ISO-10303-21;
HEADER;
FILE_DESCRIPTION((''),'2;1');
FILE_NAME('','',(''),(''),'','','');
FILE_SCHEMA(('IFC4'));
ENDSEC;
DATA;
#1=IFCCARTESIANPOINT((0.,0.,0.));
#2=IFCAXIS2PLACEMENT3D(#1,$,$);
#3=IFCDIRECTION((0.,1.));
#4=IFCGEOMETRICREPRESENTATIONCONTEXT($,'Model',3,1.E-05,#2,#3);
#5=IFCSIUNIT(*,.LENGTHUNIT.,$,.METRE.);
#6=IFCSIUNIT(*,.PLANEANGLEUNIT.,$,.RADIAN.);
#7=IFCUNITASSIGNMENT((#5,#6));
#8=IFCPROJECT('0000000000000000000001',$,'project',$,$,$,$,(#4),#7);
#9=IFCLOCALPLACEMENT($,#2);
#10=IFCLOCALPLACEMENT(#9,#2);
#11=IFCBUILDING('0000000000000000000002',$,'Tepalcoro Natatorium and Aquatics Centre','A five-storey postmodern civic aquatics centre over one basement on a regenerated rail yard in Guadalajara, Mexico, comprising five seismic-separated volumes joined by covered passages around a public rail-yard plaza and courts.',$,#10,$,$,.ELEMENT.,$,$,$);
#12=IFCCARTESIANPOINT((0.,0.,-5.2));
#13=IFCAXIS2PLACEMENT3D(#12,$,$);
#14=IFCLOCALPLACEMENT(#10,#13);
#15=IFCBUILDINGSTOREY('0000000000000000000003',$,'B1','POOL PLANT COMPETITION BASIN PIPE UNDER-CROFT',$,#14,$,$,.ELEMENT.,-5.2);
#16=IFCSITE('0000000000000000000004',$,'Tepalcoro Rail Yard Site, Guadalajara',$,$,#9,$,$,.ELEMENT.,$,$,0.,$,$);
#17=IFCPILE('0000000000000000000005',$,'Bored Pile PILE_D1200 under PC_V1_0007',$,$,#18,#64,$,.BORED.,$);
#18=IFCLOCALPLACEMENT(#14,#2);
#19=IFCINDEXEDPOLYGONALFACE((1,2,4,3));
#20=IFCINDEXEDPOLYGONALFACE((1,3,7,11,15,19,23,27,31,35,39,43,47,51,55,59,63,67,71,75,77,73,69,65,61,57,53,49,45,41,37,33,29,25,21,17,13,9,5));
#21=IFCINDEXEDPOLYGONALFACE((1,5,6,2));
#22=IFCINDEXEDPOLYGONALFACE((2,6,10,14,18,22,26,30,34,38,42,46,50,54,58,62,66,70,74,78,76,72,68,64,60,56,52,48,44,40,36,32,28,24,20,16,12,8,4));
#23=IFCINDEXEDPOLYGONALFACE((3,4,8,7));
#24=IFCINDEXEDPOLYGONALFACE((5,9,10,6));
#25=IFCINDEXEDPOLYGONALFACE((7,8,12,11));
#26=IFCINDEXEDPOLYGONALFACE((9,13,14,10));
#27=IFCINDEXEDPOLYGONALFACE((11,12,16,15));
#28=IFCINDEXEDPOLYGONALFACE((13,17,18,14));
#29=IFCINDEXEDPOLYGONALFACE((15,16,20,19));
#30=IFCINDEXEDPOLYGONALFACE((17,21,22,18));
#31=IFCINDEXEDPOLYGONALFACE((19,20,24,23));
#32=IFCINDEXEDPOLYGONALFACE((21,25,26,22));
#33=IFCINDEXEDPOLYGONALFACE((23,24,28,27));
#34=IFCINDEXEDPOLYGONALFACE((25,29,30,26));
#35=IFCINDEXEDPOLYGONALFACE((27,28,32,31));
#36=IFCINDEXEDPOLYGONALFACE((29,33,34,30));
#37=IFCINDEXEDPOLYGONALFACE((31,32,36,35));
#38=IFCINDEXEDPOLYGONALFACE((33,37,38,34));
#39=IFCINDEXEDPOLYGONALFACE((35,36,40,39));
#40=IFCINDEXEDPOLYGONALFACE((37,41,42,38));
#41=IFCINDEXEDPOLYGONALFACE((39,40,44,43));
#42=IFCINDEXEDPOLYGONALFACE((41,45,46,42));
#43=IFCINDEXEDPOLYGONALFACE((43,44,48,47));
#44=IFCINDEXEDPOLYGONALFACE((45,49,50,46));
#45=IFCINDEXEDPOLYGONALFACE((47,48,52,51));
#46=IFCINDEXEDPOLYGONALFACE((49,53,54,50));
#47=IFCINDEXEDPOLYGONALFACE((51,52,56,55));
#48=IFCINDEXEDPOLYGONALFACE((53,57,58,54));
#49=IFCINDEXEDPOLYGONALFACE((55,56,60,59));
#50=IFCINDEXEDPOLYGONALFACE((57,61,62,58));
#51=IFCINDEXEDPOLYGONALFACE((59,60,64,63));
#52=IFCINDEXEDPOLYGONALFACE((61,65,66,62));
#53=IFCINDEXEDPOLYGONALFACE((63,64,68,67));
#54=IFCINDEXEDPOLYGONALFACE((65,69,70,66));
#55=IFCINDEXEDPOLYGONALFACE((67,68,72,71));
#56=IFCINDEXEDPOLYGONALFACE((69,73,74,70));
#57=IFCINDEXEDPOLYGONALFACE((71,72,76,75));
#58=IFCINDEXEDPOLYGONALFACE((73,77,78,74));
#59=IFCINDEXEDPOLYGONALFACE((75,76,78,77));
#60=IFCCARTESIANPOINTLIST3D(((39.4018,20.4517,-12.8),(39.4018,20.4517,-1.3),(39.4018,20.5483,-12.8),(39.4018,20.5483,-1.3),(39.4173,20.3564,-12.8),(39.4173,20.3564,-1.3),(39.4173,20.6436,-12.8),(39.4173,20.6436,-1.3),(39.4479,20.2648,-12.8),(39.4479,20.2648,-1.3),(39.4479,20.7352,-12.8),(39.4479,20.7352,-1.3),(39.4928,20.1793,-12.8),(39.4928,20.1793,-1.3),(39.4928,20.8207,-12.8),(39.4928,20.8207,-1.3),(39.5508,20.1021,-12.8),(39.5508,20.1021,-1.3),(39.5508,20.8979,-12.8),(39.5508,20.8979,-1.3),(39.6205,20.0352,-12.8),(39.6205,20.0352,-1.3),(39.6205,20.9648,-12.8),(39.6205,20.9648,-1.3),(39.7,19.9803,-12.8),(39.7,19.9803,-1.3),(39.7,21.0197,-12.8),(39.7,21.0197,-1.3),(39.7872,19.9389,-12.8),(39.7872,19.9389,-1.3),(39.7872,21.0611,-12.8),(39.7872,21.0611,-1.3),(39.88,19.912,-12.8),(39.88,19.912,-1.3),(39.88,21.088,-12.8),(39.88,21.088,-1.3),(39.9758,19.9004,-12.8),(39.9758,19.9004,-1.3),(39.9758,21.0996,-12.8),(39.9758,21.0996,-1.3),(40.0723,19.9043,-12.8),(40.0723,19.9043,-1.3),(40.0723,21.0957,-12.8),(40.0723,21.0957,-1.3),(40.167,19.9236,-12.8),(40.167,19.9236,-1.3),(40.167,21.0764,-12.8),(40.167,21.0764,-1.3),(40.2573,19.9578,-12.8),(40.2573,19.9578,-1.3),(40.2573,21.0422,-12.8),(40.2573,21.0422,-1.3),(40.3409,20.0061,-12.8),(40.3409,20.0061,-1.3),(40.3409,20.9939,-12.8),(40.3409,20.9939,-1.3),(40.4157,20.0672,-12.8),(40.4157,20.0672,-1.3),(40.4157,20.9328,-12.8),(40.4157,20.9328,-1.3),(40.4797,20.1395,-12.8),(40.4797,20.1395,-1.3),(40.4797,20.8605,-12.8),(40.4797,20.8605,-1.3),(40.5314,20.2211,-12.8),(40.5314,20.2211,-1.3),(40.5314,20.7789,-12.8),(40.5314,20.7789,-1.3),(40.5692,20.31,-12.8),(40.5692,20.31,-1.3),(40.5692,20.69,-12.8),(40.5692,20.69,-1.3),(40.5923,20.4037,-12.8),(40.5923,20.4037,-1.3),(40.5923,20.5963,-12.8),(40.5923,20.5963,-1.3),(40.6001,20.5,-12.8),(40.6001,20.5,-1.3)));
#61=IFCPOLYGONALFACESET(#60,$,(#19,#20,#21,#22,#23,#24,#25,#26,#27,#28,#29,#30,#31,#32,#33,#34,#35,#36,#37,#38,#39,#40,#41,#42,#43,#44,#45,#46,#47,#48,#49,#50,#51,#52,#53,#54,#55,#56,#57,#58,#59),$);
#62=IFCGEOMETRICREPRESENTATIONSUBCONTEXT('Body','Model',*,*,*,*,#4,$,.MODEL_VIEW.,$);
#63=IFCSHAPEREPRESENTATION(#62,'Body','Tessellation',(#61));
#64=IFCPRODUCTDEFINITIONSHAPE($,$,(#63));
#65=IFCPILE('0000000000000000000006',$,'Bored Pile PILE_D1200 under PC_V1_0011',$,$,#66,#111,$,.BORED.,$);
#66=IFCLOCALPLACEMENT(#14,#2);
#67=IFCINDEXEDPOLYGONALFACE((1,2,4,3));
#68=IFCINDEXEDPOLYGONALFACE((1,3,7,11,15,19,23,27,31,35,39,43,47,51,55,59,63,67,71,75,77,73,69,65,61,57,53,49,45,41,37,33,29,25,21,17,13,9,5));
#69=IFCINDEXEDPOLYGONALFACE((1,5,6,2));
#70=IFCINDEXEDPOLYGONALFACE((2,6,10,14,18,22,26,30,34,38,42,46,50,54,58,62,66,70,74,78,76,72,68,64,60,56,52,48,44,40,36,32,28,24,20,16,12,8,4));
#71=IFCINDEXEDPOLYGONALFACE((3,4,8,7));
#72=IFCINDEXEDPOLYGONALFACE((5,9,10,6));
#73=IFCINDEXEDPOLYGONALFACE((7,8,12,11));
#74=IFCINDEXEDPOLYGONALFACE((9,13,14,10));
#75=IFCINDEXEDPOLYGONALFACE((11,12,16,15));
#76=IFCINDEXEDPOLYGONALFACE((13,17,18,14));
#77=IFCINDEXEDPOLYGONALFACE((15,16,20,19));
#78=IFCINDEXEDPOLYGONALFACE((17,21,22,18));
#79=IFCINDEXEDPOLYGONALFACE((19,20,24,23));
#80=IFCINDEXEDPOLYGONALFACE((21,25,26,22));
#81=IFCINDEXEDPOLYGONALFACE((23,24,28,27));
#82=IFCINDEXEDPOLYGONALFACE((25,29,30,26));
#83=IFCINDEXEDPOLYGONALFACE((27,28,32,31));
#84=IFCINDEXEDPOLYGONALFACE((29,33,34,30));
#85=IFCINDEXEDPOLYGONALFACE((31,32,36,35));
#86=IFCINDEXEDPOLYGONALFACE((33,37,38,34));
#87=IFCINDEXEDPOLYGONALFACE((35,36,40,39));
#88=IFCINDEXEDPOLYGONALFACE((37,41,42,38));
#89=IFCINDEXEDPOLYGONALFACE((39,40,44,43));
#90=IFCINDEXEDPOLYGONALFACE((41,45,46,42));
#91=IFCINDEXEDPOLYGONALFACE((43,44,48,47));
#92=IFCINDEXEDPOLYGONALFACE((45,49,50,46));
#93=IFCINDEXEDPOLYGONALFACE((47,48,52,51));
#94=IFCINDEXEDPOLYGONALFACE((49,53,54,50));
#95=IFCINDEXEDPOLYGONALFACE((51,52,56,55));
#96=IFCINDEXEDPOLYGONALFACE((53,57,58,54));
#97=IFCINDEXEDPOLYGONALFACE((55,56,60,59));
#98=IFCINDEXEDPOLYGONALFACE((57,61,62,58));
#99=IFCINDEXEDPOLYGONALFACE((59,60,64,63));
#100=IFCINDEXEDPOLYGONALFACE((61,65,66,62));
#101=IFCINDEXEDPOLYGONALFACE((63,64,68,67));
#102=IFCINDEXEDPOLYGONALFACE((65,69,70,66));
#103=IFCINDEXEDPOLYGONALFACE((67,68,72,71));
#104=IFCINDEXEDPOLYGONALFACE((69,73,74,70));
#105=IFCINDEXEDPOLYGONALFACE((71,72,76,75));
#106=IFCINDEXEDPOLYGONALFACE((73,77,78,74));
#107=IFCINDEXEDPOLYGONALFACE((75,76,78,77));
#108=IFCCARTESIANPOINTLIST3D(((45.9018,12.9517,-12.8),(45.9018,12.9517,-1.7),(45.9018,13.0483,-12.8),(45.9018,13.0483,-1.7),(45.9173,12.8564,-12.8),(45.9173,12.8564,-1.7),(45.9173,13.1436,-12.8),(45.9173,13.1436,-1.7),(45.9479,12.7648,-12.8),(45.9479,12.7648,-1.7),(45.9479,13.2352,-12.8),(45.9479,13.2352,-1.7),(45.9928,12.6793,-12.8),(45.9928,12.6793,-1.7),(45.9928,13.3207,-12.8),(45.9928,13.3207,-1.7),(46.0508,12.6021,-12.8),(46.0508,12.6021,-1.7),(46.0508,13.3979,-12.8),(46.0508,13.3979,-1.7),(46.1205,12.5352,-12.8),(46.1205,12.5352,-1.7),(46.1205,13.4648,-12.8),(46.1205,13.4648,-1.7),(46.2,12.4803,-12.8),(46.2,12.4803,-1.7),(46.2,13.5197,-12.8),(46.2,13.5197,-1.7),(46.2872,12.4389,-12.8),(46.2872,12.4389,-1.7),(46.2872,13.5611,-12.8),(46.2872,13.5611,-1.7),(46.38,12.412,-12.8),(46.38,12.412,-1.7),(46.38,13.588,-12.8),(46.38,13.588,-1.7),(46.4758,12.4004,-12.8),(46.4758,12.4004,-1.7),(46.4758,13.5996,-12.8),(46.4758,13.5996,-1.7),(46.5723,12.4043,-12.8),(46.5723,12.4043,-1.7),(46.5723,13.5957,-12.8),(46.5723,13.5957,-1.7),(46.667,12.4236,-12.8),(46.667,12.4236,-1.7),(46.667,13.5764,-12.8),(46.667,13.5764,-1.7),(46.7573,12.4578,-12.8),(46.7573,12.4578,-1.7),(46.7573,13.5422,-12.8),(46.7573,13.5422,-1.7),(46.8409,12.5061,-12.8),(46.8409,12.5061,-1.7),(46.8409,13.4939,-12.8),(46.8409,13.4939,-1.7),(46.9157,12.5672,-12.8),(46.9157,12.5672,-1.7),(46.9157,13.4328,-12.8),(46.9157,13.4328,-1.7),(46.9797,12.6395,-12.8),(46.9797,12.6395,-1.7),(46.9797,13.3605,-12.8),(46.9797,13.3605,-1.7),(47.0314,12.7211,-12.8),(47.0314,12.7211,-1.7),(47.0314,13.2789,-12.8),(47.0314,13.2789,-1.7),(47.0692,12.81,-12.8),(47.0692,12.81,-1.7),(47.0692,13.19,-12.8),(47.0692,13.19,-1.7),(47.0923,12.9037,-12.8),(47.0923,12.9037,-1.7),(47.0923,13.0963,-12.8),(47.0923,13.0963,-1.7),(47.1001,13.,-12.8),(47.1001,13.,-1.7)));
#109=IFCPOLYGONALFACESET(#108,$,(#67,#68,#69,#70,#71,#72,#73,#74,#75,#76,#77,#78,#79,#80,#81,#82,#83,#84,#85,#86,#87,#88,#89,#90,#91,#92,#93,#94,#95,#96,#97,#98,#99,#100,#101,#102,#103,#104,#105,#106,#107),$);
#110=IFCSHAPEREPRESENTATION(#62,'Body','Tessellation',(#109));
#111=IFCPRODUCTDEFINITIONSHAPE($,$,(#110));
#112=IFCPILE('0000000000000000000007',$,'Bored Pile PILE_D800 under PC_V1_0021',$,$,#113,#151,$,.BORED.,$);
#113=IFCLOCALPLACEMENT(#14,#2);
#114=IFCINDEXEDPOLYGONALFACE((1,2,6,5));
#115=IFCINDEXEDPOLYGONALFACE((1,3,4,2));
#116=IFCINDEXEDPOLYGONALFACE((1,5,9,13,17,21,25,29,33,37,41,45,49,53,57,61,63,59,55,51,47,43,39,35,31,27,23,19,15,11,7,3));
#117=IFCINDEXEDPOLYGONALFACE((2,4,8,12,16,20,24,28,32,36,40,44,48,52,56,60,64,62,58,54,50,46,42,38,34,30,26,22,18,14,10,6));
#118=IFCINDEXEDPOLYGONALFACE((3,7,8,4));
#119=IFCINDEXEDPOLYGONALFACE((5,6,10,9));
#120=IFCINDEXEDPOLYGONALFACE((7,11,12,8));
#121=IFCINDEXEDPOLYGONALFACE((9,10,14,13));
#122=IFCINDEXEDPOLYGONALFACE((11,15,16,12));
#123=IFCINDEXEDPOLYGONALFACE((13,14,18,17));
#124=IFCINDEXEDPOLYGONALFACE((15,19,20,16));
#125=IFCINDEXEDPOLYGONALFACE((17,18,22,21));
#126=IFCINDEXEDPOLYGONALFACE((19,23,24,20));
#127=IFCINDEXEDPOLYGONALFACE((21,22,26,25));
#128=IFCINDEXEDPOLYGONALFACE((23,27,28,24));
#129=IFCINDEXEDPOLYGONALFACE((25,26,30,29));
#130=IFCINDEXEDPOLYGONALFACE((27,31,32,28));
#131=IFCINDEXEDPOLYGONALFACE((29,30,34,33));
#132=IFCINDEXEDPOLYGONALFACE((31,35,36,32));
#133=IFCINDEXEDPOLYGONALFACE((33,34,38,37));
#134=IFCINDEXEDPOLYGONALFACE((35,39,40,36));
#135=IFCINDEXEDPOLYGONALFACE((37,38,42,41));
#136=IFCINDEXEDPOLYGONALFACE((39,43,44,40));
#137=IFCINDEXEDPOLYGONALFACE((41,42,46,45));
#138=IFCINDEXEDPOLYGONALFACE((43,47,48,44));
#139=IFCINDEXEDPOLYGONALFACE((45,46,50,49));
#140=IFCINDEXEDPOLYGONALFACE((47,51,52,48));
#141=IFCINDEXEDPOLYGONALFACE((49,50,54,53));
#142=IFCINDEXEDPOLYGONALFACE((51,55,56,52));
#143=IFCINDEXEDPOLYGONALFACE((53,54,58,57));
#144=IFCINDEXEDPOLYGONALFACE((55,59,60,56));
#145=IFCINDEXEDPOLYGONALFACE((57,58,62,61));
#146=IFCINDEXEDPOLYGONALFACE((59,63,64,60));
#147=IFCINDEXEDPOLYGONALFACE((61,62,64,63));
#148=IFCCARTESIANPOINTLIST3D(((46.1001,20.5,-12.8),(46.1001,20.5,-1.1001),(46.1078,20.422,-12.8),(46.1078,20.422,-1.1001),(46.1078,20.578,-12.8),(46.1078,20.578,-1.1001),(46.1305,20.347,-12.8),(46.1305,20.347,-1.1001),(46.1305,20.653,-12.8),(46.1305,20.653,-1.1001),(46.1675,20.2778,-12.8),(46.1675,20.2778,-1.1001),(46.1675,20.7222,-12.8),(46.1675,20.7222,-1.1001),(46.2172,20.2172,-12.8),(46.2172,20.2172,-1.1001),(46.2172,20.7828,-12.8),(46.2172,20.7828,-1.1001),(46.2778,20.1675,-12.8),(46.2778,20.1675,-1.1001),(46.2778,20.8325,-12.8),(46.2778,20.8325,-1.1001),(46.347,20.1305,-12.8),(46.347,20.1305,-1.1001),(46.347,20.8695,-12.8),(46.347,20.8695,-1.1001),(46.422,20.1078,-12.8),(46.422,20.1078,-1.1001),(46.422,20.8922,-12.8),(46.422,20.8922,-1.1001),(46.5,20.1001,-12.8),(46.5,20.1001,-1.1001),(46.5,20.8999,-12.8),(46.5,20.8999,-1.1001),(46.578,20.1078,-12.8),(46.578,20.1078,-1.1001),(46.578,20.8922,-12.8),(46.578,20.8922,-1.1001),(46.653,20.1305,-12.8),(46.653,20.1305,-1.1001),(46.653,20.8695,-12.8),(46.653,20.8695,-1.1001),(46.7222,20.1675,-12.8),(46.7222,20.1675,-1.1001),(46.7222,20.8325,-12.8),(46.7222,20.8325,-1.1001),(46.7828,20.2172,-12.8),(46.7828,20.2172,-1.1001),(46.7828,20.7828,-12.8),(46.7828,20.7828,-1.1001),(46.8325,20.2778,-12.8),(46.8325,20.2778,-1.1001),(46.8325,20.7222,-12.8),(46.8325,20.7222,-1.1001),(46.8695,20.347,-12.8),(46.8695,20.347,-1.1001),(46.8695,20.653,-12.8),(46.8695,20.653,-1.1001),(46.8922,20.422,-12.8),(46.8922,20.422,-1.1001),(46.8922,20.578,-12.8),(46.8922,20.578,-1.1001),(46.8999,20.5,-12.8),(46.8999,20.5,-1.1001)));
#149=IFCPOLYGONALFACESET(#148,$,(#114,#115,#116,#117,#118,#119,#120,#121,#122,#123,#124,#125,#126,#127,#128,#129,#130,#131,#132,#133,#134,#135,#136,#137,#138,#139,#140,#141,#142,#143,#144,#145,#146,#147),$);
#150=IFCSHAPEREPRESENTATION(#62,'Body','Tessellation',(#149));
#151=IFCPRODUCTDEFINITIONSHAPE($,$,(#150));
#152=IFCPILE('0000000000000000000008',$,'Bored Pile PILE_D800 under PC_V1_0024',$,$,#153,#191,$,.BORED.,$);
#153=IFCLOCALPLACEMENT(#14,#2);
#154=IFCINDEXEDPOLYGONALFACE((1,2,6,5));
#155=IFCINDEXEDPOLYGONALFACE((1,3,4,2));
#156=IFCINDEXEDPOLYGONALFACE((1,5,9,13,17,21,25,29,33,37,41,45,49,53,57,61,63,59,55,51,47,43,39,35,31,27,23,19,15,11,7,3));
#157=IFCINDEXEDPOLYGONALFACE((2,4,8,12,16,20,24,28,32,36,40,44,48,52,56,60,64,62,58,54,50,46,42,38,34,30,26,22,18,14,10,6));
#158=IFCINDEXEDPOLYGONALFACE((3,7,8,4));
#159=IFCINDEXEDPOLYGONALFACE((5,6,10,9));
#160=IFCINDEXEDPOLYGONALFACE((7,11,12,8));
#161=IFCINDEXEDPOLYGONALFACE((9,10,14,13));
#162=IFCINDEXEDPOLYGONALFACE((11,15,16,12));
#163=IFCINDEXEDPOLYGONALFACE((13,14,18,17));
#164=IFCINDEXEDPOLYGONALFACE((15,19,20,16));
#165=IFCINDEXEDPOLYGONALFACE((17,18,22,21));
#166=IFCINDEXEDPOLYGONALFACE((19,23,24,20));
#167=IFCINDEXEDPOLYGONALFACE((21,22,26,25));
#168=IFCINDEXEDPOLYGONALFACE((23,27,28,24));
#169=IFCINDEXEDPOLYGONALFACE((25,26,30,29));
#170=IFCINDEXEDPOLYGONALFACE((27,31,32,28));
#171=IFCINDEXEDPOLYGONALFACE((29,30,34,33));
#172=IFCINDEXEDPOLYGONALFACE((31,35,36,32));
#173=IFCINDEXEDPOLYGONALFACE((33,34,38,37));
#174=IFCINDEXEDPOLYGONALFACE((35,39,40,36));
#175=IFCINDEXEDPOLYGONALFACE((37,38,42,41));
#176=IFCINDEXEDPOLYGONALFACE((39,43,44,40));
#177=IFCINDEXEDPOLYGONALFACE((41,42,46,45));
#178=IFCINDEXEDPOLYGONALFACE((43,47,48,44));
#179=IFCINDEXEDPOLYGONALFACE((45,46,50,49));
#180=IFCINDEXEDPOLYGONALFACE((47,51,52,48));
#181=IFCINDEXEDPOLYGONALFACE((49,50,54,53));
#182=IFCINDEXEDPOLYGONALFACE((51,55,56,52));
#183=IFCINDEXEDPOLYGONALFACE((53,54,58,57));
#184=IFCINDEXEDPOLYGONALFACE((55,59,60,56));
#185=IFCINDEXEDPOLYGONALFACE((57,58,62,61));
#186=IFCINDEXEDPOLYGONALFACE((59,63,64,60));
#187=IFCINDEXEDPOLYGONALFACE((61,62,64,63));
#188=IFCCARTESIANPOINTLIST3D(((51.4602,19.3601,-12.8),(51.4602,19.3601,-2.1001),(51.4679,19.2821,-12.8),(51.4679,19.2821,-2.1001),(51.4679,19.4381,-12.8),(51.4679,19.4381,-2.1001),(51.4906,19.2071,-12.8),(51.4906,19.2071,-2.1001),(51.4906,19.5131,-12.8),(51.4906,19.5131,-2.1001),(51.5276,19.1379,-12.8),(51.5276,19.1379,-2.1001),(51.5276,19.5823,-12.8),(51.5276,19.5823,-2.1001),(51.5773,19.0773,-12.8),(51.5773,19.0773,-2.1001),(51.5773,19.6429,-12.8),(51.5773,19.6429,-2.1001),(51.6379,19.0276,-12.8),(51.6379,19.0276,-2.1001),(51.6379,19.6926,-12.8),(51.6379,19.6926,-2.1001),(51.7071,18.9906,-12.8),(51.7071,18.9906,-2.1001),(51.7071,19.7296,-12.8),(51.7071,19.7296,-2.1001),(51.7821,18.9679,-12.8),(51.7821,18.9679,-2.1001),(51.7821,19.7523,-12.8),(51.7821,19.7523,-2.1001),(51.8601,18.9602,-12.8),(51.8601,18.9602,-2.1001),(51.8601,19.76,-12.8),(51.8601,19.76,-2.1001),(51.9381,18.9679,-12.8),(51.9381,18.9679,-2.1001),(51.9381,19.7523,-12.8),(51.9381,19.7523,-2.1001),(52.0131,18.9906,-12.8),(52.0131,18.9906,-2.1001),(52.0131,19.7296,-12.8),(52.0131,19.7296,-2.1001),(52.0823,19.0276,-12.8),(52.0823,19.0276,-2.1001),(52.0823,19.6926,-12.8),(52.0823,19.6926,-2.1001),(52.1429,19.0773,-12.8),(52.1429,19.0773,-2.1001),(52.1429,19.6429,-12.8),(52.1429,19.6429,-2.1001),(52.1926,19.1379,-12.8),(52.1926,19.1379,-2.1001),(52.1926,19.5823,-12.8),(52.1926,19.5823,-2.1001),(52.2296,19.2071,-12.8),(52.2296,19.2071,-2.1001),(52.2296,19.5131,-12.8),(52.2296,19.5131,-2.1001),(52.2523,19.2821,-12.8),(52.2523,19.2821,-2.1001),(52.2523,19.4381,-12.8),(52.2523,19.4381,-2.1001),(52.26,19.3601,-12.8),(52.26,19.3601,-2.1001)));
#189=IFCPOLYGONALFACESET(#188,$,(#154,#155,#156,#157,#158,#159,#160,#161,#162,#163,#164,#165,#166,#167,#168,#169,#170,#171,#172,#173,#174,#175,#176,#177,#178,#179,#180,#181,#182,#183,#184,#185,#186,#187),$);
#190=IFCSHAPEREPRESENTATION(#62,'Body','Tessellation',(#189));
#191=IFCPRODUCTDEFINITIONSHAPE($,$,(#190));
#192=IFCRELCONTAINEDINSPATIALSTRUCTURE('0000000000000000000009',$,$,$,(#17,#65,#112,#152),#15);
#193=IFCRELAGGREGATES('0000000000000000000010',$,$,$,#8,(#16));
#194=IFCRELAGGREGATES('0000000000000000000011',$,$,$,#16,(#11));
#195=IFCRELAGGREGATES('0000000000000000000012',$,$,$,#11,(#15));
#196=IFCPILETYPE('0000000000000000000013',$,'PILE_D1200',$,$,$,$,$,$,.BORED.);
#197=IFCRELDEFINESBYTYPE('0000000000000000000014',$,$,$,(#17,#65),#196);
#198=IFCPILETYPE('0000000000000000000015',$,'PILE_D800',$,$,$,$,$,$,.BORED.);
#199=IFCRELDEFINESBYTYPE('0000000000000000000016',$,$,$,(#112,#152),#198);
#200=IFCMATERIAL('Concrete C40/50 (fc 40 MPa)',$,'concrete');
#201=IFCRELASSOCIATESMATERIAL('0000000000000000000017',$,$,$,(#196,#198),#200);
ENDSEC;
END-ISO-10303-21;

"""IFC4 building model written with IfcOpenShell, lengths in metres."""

from ifc_helpers import new_model, si_unit, direction, frame, origin, origin_2d, place, context, subcontext, project, spatial, circle, extrude, material, material_profile, profile_set, type_object, element, save


model = new_model("IFC4")

# Units and contexts
model_context = context("Model", 3, precision=1e-05, world=origin(), true_north=direction((0.0, 1.0)))
body_context = subcontext(model_context, "Body", "Model", "MODEL_VIEW")
ifc_project = project(units=[si_unit("LENGTHUNIT", "METRE"), si_unit("PLANEANGLEUNIT", "RADIAN")], contexts=[model_context])

# Site, building, storey
site_placement = place(None, origin())
site = spatial("IfcSite", under=ifc_project, at=site_placement, Name="Tepalcoro Rail Yard Site, Guadalajara", CompositionType="ELEMENT", RefElevation=0.0)
building_placement = place(site_placement, origin())
building = spatial("IfcBuilding", under=site, at=building_placement, Name="Tepalcoro Natatorium and Aquatics Centre", Description="A five-storey postmodern civic aquatics centre over one basement on a regenerated rail yard in Guadalajara, Mexico, comprising five seismic-separated volumes joined by covered passages around a public rail-yard plaza and courts.", CompositionType="ELEMENT")
storey_placement = place(building_placement, frame((0.0, 0.0, -5.2)))
storey = spatial("IfcBuildingStorey", under=building, at=storey_placement, Name="B1", Description="POOL PLANT COMPETITION BASIN PIPE UNDER-CROFT", CompositionType="ELEMENT", Elevation=-5.2)

# Piles
ifc_material_1 = material(Name="Concrete C40/50 (fc 40 MPa)", Category="concrete")
ifc_material_profile_1 = material_profile(ifc_material_1, circle(Radius=0.6001, at=origin_2d()), Name="PILE_D1200")
ifc_profile_set_1 = profile_set([ifc_material_profile_1], Name="Concrete C40/50 (fc 40 MPa)")
pile_type_1 = type_object("IfcPileType", Name="PILE_D1200", PredefinedType="BORED", material=ifc_profile_set_1)
pile_1_placement = place(storey_placement, frame((40.0, 20.5, -1.3), z_axis=(0.0, 0.0, -1.0), x_axis=(1.0, 0.0, 0.0)))
element("IfcPile", 1, at=pile_1_placement, inside=storey, type_object=pile_type_1, Name="Bored Pile PILE_D1200 under PC_V1_0007", PredefinedType="BORED", context=body_context, shape_type="SweptSolid", body=[
    extrude(circle(Radius=0.6001, at=origin_2d()), origin(), (0.0, 0.0, 1.0), 11.5),
])
pile_2_placement = place(storey_placement, frame((46.5, 13.0, -1.7), z_axis=(0.0, 0.0, -1.0), x_axis=(1.0, 0.0, 0.0)))
element("IfcPile", 2, at=pile_2_placement, inside=storey, type_object=pile_type_1, Name="Bored Pile PILE_D1200 under PC_V1_0011", PredefinedType="BORED", context=body_context, shape_type="SweptSolid", body=[
    extrude(circle(Radius=0.6001, at=origin_2d()), origin(), (0.0, 0.0, 1.0), 11.1001),
])
ifc_material_profile_2 = material_profile(ifc_material_1, circle(Radius=0.3999, at=origin_2d()), Name="PILE_D800")
ifc_profile_set_2 = profile_set([ifc_material_profile_2], Name="Concrete C40/50 (fc 40 MPa)")
pile_type_2 = type_object("IfcPileType", Name="PILE_D800", PredefinedType="BORED", material=ifc_profile_set_2)
pile_3_placement = place(storey_placement, frame((46.5, 20.5, -1.1001), z_axis=(0.0, 0.0, -1.0), x_axis=(1.0, 0.0, 0.0)))
element("IfcPile", 3, at=pile_3_placement, inside=storey, type_object=pile_type_2, Name="Bored Pile PILE_D800 under PC_V1_0021", PredefinedType="BORED", context=body_context, shape_type="SweptSolid", body=[
    extrude(circle(Radius=0.3999, at=origin_2d()), origin(), (0.0, 0.0, 1.0), 11.7),
])
for number, where, z_axis, x_axis, name in (
    (4, (51.8601, 19.3601, -2.1001), (0.0, 0.0, -1.0), (1.0, 0.0, 0.0), "Bored Pile PILE_D800 under PC_V1_0024"),
):
    element("IfcPile", number, at=place(storey_placement, frame(where, z_axis=z_axis, x_axis=x_axis)), inside=storey, type_object=pile_type_2, Name=name, PredefinedType="BORED", context=body_context, shape_type="SweptSolid", body=[
        extrude(circle(Radius=0.3999, at=origin_2d()), origin(), (0.0, 0.0, 1.0), 10.7),
    ])

save(model, "model.ifc")
